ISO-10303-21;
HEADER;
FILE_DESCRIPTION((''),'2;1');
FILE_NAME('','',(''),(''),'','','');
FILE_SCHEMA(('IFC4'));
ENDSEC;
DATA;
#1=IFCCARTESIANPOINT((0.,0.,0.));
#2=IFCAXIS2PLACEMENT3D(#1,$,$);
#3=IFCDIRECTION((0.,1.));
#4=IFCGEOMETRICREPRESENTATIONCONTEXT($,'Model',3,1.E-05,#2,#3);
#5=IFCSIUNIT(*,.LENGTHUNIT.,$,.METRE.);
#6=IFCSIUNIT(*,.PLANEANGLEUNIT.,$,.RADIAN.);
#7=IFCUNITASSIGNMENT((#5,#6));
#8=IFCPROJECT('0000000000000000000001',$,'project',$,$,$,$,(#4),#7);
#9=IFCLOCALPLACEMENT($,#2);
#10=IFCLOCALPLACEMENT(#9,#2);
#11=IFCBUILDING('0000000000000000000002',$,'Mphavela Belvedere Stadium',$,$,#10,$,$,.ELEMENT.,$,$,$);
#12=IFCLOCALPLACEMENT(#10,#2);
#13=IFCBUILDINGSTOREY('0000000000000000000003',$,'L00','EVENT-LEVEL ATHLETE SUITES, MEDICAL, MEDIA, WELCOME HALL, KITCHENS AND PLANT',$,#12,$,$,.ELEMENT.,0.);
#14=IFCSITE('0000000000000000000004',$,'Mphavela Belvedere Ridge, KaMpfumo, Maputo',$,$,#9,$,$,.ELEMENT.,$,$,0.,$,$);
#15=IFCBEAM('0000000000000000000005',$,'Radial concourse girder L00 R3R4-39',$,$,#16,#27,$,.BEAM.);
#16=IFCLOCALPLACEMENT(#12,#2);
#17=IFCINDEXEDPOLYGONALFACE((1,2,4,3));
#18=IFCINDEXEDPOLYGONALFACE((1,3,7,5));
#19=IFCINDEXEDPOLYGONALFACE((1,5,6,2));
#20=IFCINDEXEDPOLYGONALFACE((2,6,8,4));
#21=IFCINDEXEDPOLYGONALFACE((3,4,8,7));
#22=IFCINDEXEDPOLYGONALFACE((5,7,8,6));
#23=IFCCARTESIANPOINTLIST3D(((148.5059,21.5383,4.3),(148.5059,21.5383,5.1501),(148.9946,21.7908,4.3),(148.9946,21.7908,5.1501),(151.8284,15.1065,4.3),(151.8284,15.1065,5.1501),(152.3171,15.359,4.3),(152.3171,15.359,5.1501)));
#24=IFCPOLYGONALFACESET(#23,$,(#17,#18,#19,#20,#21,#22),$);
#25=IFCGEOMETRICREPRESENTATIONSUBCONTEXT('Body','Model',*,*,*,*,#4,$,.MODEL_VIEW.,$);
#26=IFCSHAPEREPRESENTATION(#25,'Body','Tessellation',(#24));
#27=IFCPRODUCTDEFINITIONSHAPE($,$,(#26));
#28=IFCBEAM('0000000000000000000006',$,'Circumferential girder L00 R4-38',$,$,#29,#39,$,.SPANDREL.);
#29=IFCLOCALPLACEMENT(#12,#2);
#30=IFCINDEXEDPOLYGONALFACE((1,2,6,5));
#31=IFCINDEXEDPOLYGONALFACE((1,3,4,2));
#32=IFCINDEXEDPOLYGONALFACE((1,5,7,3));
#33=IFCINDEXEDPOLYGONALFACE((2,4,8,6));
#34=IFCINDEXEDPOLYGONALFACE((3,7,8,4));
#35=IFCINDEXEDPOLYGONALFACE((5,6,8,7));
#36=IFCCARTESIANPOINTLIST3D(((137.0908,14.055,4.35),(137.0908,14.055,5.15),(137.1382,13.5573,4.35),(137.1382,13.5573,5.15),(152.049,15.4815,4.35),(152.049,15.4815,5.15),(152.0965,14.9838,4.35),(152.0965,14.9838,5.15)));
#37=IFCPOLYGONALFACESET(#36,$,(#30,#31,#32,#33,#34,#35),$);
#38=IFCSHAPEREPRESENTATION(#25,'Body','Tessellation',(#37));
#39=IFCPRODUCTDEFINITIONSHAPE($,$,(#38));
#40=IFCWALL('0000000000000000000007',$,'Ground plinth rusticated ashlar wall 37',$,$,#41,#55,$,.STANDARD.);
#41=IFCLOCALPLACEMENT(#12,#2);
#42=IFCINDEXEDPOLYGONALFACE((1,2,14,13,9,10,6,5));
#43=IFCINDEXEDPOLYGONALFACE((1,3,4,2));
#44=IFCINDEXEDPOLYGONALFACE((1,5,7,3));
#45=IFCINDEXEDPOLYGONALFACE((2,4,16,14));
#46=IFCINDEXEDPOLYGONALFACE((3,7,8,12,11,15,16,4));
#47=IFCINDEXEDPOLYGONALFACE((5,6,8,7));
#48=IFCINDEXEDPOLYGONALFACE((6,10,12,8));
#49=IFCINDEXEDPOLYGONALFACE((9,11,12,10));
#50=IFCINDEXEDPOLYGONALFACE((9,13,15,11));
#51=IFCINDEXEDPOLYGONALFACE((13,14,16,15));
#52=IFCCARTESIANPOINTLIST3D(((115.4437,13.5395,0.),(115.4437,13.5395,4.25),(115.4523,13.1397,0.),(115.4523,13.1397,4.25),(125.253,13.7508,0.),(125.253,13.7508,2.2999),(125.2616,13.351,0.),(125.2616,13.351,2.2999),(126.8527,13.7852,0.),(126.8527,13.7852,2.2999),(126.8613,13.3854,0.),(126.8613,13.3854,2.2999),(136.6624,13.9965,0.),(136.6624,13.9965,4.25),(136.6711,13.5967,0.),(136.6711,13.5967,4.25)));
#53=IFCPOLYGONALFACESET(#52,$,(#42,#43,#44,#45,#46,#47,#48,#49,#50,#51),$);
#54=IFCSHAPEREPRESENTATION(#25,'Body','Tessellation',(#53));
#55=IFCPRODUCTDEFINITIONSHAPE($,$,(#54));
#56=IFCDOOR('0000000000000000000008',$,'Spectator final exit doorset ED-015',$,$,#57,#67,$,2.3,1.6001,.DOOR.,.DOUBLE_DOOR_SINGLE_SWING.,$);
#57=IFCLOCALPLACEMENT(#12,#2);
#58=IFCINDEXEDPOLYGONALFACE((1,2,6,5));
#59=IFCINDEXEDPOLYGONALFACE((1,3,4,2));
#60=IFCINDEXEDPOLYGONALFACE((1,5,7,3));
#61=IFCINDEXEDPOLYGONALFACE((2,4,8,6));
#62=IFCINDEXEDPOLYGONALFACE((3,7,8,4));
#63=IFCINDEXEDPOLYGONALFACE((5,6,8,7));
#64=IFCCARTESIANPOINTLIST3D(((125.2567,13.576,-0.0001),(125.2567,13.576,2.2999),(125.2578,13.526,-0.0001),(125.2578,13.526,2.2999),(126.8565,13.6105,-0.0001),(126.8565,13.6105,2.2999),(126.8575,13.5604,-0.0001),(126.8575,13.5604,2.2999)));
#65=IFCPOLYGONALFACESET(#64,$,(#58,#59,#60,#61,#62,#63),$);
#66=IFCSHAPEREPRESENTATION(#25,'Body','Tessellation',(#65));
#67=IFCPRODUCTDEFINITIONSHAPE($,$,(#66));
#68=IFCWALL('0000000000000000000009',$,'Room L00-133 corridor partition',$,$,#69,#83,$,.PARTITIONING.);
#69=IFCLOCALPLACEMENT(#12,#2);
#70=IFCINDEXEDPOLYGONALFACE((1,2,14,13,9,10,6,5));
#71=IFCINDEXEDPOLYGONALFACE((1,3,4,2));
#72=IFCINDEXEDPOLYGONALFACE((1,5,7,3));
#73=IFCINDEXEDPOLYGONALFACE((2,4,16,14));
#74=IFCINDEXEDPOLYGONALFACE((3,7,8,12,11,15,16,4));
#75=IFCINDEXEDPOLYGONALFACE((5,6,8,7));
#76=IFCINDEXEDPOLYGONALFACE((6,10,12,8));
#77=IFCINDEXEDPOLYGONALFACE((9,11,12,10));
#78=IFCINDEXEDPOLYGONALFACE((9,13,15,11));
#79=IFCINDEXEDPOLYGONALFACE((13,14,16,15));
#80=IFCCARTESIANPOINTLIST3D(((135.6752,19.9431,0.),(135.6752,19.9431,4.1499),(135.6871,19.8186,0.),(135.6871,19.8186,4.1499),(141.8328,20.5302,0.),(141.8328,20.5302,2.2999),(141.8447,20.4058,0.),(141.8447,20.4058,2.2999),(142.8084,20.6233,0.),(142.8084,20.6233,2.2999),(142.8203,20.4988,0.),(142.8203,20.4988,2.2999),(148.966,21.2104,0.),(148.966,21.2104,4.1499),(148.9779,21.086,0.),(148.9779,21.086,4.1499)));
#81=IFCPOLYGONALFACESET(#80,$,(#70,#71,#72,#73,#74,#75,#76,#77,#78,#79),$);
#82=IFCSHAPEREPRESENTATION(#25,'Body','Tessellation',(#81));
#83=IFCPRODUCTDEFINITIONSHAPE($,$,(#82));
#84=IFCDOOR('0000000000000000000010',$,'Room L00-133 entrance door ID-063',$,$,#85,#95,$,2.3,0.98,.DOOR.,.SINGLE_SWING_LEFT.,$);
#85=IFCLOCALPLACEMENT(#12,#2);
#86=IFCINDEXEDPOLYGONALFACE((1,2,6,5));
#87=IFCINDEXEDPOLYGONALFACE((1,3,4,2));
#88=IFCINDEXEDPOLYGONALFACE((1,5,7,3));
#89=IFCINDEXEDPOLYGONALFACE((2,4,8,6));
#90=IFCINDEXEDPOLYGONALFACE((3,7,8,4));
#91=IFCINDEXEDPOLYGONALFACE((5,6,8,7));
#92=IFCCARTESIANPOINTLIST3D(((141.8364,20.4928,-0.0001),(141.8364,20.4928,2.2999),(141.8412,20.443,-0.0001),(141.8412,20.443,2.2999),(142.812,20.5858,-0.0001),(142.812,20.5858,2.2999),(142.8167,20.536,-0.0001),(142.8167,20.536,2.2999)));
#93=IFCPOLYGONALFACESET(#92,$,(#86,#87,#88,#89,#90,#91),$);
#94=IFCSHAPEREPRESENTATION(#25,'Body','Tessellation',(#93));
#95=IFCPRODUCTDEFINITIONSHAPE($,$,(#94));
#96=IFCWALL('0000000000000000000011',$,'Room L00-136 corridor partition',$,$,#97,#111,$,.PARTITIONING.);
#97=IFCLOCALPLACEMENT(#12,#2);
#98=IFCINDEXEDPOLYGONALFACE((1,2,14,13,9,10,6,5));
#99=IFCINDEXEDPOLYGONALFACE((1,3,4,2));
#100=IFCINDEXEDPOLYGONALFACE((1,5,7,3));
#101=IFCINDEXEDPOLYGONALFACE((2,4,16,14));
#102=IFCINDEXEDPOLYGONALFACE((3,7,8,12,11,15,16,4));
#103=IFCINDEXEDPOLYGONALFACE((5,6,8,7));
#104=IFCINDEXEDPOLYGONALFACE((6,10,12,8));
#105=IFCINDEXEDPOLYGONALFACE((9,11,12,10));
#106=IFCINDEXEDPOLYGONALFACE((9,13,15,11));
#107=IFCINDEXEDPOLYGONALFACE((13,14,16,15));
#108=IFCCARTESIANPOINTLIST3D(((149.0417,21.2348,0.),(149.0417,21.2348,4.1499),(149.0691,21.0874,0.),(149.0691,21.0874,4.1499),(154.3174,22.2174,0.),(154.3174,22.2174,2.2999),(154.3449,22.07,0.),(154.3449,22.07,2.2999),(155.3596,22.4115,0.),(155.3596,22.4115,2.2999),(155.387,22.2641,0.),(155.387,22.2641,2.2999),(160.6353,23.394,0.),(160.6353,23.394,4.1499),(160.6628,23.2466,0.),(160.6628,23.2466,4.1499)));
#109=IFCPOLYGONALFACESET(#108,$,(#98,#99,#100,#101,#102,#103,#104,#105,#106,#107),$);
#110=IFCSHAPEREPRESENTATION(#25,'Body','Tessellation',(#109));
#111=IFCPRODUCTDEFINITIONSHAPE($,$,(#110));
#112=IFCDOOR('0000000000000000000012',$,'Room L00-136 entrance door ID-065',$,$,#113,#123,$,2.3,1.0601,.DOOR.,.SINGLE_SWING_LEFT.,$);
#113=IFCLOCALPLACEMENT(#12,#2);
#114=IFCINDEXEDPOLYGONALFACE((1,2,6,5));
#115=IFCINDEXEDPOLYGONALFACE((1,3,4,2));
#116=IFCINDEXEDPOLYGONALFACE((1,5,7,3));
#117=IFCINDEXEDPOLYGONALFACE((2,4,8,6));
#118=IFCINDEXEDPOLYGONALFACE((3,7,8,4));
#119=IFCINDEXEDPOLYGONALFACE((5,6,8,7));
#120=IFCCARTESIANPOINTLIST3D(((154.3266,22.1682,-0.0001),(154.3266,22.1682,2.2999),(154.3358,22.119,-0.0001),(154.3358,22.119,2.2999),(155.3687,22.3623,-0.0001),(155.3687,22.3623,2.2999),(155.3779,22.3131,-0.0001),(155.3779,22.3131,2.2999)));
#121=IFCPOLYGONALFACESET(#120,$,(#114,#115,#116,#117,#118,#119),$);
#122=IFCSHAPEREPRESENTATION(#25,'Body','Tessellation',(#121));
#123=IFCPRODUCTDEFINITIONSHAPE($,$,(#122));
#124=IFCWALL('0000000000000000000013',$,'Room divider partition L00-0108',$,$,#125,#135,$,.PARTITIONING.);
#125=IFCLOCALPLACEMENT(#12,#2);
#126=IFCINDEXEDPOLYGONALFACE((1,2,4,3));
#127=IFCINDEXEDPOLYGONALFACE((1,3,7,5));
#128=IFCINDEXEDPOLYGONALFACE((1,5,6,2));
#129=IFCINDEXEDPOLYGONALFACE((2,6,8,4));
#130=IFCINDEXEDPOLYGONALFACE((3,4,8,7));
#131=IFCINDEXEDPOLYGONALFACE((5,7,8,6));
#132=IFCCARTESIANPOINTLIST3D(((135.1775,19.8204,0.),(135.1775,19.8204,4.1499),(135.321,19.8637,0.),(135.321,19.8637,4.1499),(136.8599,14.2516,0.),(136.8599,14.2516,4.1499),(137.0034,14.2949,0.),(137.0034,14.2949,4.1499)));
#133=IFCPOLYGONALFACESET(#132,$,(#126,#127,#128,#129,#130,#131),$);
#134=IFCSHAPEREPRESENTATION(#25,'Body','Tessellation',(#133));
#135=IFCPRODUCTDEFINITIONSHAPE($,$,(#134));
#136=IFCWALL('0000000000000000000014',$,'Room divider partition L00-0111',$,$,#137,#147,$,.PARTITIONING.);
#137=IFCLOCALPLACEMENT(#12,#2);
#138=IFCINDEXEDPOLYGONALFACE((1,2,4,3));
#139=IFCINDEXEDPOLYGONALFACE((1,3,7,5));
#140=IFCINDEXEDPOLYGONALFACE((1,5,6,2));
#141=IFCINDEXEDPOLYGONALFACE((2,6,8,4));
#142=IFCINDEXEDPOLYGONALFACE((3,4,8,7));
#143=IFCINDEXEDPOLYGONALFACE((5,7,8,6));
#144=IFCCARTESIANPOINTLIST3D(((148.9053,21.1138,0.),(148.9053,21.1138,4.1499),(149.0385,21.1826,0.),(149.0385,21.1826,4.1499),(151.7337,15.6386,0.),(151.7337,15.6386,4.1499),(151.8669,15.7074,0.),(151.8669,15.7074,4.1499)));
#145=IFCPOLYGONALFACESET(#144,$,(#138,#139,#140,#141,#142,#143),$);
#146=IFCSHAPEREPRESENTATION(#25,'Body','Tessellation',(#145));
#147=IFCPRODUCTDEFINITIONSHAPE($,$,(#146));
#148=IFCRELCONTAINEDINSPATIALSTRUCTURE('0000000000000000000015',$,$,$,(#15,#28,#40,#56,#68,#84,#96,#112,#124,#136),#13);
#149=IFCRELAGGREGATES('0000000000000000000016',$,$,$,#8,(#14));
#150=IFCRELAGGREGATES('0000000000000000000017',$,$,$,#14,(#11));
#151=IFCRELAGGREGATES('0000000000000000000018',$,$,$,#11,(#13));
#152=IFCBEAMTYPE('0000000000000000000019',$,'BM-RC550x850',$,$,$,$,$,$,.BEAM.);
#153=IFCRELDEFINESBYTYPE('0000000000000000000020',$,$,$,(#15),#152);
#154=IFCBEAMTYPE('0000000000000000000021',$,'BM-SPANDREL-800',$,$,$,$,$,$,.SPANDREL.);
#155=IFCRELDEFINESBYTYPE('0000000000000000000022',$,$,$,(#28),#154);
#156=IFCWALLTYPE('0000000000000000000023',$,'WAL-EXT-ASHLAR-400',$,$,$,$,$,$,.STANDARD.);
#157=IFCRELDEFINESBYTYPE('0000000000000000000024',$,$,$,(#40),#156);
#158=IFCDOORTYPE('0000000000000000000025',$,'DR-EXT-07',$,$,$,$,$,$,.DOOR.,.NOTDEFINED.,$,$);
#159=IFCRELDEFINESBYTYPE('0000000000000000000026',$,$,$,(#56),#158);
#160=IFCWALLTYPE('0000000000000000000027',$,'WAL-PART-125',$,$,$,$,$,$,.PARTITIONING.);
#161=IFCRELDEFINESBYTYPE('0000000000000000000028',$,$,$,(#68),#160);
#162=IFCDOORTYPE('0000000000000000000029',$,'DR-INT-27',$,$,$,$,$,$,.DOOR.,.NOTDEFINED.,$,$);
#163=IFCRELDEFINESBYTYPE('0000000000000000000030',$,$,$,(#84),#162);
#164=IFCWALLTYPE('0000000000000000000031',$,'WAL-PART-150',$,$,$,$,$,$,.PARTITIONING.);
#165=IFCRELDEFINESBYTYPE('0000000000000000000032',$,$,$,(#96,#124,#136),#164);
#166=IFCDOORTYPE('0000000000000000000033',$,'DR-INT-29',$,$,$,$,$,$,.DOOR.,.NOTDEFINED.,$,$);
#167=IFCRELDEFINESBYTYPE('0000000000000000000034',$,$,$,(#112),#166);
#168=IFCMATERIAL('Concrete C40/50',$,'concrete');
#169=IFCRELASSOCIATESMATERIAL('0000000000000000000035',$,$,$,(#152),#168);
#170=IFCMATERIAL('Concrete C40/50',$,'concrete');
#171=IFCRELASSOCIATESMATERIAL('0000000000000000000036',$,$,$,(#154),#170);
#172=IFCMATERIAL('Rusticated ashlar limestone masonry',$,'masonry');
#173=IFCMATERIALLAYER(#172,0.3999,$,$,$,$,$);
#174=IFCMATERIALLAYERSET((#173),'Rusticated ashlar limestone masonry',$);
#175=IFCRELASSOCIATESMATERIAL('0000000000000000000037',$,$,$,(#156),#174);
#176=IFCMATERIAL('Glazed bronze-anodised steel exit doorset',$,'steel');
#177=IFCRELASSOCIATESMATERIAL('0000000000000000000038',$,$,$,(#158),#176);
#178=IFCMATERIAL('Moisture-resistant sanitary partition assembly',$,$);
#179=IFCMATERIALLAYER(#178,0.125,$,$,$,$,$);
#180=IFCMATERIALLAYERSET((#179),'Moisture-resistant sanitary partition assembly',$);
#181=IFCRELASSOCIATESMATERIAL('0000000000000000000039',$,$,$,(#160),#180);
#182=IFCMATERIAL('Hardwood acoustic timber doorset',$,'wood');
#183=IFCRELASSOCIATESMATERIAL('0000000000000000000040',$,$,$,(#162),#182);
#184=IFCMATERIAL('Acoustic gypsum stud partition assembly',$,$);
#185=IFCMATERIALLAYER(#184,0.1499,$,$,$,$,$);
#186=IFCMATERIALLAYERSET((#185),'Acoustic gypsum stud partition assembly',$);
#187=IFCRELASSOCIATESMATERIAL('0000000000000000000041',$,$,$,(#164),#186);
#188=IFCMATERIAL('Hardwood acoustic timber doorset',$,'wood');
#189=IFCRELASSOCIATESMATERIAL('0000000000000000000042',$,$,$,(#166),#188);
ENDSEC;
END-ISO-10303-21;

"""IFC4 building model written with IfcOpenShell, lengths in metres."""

from ifc_helpers import new_model, si_unit, direction, frame, frame_2d, origin, origin_2d, place, context, subcontext, project, spatial, rectangle, extrude, material, layer, layer_set, material_profile, profile_set, type_object, element, fill, save


model = new_model("IFC4")

# Units and contexts
model_context = context("Model", 3, precision=1e-05, world=origin(), true_north=direction((0.0, 1.0)))
body_context = subcontext(model_context, "Body", "Model", "MODEL_VIEW")
ifc_project = project(units=[si_unit("LENGTHUNIT", "METRE"), si_unit("PLANEANGLEUNIT", "RADIAN")], contexts=[model_context])

# Site, building, storey
site_placement = place(None, origin())
site = spatial("IfcSite", under=ifc_project, at=site_placement, Name="Mphavela Belvedere Ridge, KaMpfumo, Maputo", CompositionType="ELEMENT", RefElevation=0.0)
building_placement = place(site_placement, origin())
building = spatial("IfcBuilding", under=site, at=building_placement, Name="Mphavela Belvedere Stadium", CompositionType="ELEMENT")
storey_placement = place(building_placement, origin())
storey = spatial("IfcBuildingStorey", under=building, at=storey_placement, Name="L00", Description="EVENT-LEVEL ATHLETE SUITES, MEDICAL, MEDIA, WELCOME HALL, KITCHENS AND PLANT", CompositionType="ELEMENT", Elevation=0.0)

# Beams
ifc_material_1 = material(Name="Concrete C40/50", Category="concrete")
ifc_material_profile_1 = material_profile(ifc_material_1, rectangle(XDim=0.55, YDim=0.8501, at=origin_2d()), Name="RC 550x850")
ifc_profile_set_1 = profile_set([ifc_material_profile_1], Name="Concrete C40/50")
beam_type_1 = type_object("IfcBeamType", Name="BM-RC550x850", PredefinedType="BEAM", material=ifc_profile_set_1)
beam_1_placement = place(storey_placement, frame((148.7502, 21.6646, 4.7251), z_axis=(0.458951, -0.888461, 0.0), x_axis=(0.888461, 0.458951, 0.0)))
element("IfcBeam", 1, at=beam_1_placement, inside=storey, type_object=beam_type_1, Name="Radial concourse girder L00 R3R4-39", PredefinedType="BEAM", context=body_context, shape_type="SweptSolid", body=[
    extrude(rectangle(XDim=0.55, YDim=0.8501, at=origin_2d()), origin(), (0.0, 0.0, 1.0), 7.2393),
])
ifc_material_2 = material(Name="Concrete C40/50", Category="concrete")
ifc_material_profile_2 = material_profile(ifc_material_2, rectangle(XDim=0.5, YDim=0.8, at=origin_2d()), Name="RC 500x800")
ifc_profile_set_2 = profile_set([ifc_material_profile_2], Name="Concrete C40/50")
beam_type_2 = type_object("IfcBeamType", Name="BM-SPANDREL-800", PredefinedType="SPANDREL", material=ifc_profile_set_2)
beam_2_placement = place(storey_placement, frame((137.1145, 13.8062, 4.75), z_axis=(0.995483, 0.094936, 0.0), x_axis=(-0.094936, 0.995483, 0.0)))
element("IfcBeam", 2, at=beam_2_placement, inside=storey, type_object=beam_type_2, Name="Circumferential girder L00 R4-38", PredefinedType="SPANDREL", context=body_context, shape_type="SweptSolid", body=[
    extrude(rectangle(XDim=0.5, YDim=0.8, at=origin_2d()), origin(), (0.0, 0.0, 1.0), 15.0261),
])

# Walls, openings, doors
ifc_material_3 = material(Name="Rusticated ashlar limestone masonry", Category="masonry")
ifc_layer_1 = layer(ifc_material_3, 0.3999)
ifc_layer_set_1 = layer_set([ifc_layer_1], Name="Rusticated ashlar limestone masonry")
wall_type_1 = type_object("IfcWallType", Name="WAL-EXT-ASHLAR-400", PredefinedType="STANDARD", material=ifc_layer_set_1)
wall_1_placement = place(storey_placement, frame((136.6667, 13.7966, 0.0), z_axis=(0.0, 0.0, 1.0), x_axis=(-0.999768, -0.021534, 0.0)))
wall_1 = element("IfcWall", 3, at=wall_1_placement, inside=storey, type_object=wall_type_1, Name="Ground plinth rusticated ashlar wall 37", PredefinedType="STANDARD", context=body_context, shape_type="SweptSolid", body=[
    extrude(rectangle(XDim=21.2236, YDim=0.3999, at=frame_2d((10.6118, 0.0))), origin(), (0.0, 0.0, 1.0), 4.25),
])
opening_1_placement = place(wall_1_placement, frame((9.812, 0.0, 0.0)))
opening_1 = element("IfcOpeningElement", 4, at=opening_1_placement, cuts=wall_1, PredefinedType="OPENING", context=body_context, shape_type="SweptSolid", body=[
    extrude(rectangle(XDim=1.6001, YDim=2.3, at=frame_2d((0.8, 1.1499))), frame((0.0, 0.21, 0.0), z_axis=(0.0, -1.0, 0.0), x_axis=(1.0, 0.0, 0.0)), (0.0, 0.0, 1.0), 0.4199),
])
ifc_material_4 = material(Name="Glazed bronze-anodised steel exit doorset", Category="steel")
door_type_1 = type_object("IfcDoorType", Name="DR-EXT-07", OperationType="NOTDEFINED", PredefinedType="DOOR", material=ifc_material_4)
door_1_placement = place(opening_1_placement, origin())
door_1 = element("IfcDoor", 5, at=door_1_placement, inside=storey, type_object=door_type_1, Name="Spectator final exit doorset ED-015", OperationType="DOUBLE_DOOR_SINGLE_SWING", OverallHeight=2.3, OverallWidth=1.6001, PredefinedType="DOOR", context=body_context, shape_type="SweptSolid", body=[
    extrude(rectangle(XDim=1.6001, YDim=2.3, at=frame_2d((0.8, 1.1499))), frame((0.0, 0.0249, 0.0), z_axis=(0.0, -1.0, 0.0), x_axis=(1.0, 0.0, 0.0)), (0.0, 0.0, 1.0), 0.05),
])
fill(opening_1, door_1)
ifc_material_5 = material(Name="Moisture-resistant sanitary partition assembly")
ifc_layer_2 = layer(ifc_material_5, 0.125)
ifc_layer_set_2 = layer_set([ifc_layer_2], Name="Moisture-resistant sanitary partition assembly")
wall_type_2 = type_object("IfcWallType", Name="WAL-PART-125", PredefinedType="PARTITIONING", material=ifc_layer_set_2)
wall_2_placement = place(storey_placement, frame((135.6812, 19.8809, 0.0), z_axis=(0.0, 0.0, 1.0), x_axis=(0.995485, 0.094924, 0.0)))
wall_2 = element("IfcWall", 6, at=wall_2_placement, inside=storey, type_object=wall_type_2, Name="Room L00-133 corridor partition", PredefinedType="PARTITIONING", context=body_context, shape_type="SweptSolid", body=[
    extrude(rectangle(XDim=13.3511, YDim=0.125, at=frame_2d((6.6755, 0.0))), origin(), (0.0, 0.0, 1.0), 4.1499),
])
opening_2_placement = place(wall_2_placement, frame((6.1855, 0.0, 0.0)))
opening_2 = element("IfcOpeningElement", 7, at=opening_2_placement, cuts=wall_2, PredefinedType="OPENING", context=body_context, shape_type="SweptSolid", body=[
    extrude(rectangle(XDim=0.98, YDim=2.3, at=frame_2d((0.49, 1.1499))), frame((0.0, 0.0725, 0.0), z_axis=(0.0, -1.0, 0.0), x_axis=(1.0, 0.0, 0.0)), (0.0, 0.0, 1.0), 0.145),
])
ifc_material_6 = material(Name="Hardwood acoustic timber doorset", Category="wood")
door_type_2 = type_object("IfcDoorType", Name="DR-INT-27", OperationType="NOTDEFINED", PredefinedType="DOOR", material=ifc_material_6)
door_2_placement = place(opening_2_placement, origin())
door_2 = element("IfcDoor", 8, at=door_2_placement, inside=storey, type_object=door_type_2, Name="Room L00-133 entrance door ID-063", OperationType="SINGLE_SWING_LEFT", OverallHeight=2.3, OverallWidth=0.98, PredefinedType="DOOR", context=body_context, shape_type="SweptSolid", body=[
    extrude(rectangle(XDim=0.98, YDim=2.3, at=frame_2d((0.49, 1.1499))), frame((0.0, 0.0249, 0.0), z_axis=(0.0, -1.0, 0.0), x_axis=(1.0, 0.0, 0.0)), (0.0, 0.0, 1.0), 0.05),
])
fill(opening_2, door_2)
ifc_material_7 = material(Name="Acoustic gypsum stud partition assembly")
ifc_layer_3 = layer(ifc_material_7, 0.1499)
ifc_layer_set_3 = layer_set([ifc_layer_3], Name="Acoustic gypsum stud partition assembly")
wall_type_3 = type_object("IfcWallType", Name="WAL-PART-150", PredefinedType="PARTITIONING", material=ifc_layer_set_3)
wall_3_placement = place(storey_placement, frame((149.0554, 21.1611, 0.0), z_axis=(0.0, 0.0, 1.0), x_axis=(0.983096, 0.183092, 0.0)))
wall_3 = element("IfcWall", 9, at=wall_3_placement, inside=storey, type_object=wall_type_3, Name="Room L00-136 corridor partition", PredefinedType="PARTITIONING", context=body_context, shape_type="SweptSolid", body=[
    extrude(rectangle(XDim=11.793, YDim=0.1499, at=frame_2d((5.8965, 0.0))), origin(), (0.0, 0.0, 1.0), 4.1499),
])
opening_3_placement = place(wall_3_placement, frame((5.3665, 0.0, 0.0)))
opening_3 = element("IfcOpeningElement", 10, at=opening_3_placement, cuts=wall_3, PredefinedType="OPENING", context=body_context, shape_type="SweptSolid", body=[
    extrude(rectangle(XDim=1.0601, YDim=2.3, at=frame_2d((0.53, 1.1499))), frame((0.0, 0.085, 0.0), z_axis=(0.0, -1.0, 0.0), x_axis=(1.0, 0.0, 0.0)), (0.0, 0.0, 1.0), 0.1699),
])
ifc_material_8 = material(Name="Hardwood acoustic timber doorset", Category="wood")
door_type_3 = type_object("IfcDoorType", Name="DR-INT-29", OperationType="NOTDEFINED", PredefinedType="DOOR", material=ifc_material_8)
door_3_placement = place(opening_3_placement, origin())
door_3 = element("IfcDoor", 11, at=door_3_placement, inside=storey, type_object=door_type_3, Name="Room L00-136 entrance door ID-065", OperationType="SINGLE_SWING_LEFT", OverallHeight=2.3, OverallWidth=1.0601, PredefinedType="DOOR", context=body_context, shape_type="SweptSolid", body=[
    extrude(rectangle(XDim=1.0601, YDim=2.3, at=frame_2d((0.53, 1.1499))), frame((0.0, 0.0249, 0.0), z_axis=(0.0, -1.0, 0.0), x_axis=(1.0, 0.0, 0.0)), (0.0, 0.0, 1.0), 0.05),
])
fill(opening_3, door_3)

# Walls
wall_4_placement = place(storey_placement, frame((135.2493, 19.842, 0.0), z_axis=(0.0, 0.0, 1.0), x_axis=(0.289195, -0.95727, 0.0)))
element("IfcWall", 12, at=wall_4_placement, inside=storey, type_object=wall_type_3, Name="Room divider partition L00-0108", PredefinedType="PARTITIONING", context=body_context, shape_type="SweptSolid", body=[
    extrude(rectangle(XDim=5.8174, YDim=0.1499, at=frame_2d((2.9087, 0.0))), origin(), (0.0, 0.0, 1.0), 4.1499),
])
wall_5_placement = place(storey_placement, frame((148.9719, 21.1482, 0.0), z_axis=(0.0, 0.0, 1.0), x_axis=(0.458965, -0.888454, 0.0)))
element("IfcWall", 13, at=wall_5_placement, inside=storey, type_object=wall_type_3, Name="Room divider partition L00-0111", PredefinedType="PARTITIONING", context=body_context, shape_type="SweptSolid", body=[
    extrude(rectangle(XDim=6.1626, YDim=0.1499, at=frame_2d((3.0813, 0.0))), origin(), (0.0, 0.0, 1.0), 4.1499),
])

save(model, "model.ifc")
